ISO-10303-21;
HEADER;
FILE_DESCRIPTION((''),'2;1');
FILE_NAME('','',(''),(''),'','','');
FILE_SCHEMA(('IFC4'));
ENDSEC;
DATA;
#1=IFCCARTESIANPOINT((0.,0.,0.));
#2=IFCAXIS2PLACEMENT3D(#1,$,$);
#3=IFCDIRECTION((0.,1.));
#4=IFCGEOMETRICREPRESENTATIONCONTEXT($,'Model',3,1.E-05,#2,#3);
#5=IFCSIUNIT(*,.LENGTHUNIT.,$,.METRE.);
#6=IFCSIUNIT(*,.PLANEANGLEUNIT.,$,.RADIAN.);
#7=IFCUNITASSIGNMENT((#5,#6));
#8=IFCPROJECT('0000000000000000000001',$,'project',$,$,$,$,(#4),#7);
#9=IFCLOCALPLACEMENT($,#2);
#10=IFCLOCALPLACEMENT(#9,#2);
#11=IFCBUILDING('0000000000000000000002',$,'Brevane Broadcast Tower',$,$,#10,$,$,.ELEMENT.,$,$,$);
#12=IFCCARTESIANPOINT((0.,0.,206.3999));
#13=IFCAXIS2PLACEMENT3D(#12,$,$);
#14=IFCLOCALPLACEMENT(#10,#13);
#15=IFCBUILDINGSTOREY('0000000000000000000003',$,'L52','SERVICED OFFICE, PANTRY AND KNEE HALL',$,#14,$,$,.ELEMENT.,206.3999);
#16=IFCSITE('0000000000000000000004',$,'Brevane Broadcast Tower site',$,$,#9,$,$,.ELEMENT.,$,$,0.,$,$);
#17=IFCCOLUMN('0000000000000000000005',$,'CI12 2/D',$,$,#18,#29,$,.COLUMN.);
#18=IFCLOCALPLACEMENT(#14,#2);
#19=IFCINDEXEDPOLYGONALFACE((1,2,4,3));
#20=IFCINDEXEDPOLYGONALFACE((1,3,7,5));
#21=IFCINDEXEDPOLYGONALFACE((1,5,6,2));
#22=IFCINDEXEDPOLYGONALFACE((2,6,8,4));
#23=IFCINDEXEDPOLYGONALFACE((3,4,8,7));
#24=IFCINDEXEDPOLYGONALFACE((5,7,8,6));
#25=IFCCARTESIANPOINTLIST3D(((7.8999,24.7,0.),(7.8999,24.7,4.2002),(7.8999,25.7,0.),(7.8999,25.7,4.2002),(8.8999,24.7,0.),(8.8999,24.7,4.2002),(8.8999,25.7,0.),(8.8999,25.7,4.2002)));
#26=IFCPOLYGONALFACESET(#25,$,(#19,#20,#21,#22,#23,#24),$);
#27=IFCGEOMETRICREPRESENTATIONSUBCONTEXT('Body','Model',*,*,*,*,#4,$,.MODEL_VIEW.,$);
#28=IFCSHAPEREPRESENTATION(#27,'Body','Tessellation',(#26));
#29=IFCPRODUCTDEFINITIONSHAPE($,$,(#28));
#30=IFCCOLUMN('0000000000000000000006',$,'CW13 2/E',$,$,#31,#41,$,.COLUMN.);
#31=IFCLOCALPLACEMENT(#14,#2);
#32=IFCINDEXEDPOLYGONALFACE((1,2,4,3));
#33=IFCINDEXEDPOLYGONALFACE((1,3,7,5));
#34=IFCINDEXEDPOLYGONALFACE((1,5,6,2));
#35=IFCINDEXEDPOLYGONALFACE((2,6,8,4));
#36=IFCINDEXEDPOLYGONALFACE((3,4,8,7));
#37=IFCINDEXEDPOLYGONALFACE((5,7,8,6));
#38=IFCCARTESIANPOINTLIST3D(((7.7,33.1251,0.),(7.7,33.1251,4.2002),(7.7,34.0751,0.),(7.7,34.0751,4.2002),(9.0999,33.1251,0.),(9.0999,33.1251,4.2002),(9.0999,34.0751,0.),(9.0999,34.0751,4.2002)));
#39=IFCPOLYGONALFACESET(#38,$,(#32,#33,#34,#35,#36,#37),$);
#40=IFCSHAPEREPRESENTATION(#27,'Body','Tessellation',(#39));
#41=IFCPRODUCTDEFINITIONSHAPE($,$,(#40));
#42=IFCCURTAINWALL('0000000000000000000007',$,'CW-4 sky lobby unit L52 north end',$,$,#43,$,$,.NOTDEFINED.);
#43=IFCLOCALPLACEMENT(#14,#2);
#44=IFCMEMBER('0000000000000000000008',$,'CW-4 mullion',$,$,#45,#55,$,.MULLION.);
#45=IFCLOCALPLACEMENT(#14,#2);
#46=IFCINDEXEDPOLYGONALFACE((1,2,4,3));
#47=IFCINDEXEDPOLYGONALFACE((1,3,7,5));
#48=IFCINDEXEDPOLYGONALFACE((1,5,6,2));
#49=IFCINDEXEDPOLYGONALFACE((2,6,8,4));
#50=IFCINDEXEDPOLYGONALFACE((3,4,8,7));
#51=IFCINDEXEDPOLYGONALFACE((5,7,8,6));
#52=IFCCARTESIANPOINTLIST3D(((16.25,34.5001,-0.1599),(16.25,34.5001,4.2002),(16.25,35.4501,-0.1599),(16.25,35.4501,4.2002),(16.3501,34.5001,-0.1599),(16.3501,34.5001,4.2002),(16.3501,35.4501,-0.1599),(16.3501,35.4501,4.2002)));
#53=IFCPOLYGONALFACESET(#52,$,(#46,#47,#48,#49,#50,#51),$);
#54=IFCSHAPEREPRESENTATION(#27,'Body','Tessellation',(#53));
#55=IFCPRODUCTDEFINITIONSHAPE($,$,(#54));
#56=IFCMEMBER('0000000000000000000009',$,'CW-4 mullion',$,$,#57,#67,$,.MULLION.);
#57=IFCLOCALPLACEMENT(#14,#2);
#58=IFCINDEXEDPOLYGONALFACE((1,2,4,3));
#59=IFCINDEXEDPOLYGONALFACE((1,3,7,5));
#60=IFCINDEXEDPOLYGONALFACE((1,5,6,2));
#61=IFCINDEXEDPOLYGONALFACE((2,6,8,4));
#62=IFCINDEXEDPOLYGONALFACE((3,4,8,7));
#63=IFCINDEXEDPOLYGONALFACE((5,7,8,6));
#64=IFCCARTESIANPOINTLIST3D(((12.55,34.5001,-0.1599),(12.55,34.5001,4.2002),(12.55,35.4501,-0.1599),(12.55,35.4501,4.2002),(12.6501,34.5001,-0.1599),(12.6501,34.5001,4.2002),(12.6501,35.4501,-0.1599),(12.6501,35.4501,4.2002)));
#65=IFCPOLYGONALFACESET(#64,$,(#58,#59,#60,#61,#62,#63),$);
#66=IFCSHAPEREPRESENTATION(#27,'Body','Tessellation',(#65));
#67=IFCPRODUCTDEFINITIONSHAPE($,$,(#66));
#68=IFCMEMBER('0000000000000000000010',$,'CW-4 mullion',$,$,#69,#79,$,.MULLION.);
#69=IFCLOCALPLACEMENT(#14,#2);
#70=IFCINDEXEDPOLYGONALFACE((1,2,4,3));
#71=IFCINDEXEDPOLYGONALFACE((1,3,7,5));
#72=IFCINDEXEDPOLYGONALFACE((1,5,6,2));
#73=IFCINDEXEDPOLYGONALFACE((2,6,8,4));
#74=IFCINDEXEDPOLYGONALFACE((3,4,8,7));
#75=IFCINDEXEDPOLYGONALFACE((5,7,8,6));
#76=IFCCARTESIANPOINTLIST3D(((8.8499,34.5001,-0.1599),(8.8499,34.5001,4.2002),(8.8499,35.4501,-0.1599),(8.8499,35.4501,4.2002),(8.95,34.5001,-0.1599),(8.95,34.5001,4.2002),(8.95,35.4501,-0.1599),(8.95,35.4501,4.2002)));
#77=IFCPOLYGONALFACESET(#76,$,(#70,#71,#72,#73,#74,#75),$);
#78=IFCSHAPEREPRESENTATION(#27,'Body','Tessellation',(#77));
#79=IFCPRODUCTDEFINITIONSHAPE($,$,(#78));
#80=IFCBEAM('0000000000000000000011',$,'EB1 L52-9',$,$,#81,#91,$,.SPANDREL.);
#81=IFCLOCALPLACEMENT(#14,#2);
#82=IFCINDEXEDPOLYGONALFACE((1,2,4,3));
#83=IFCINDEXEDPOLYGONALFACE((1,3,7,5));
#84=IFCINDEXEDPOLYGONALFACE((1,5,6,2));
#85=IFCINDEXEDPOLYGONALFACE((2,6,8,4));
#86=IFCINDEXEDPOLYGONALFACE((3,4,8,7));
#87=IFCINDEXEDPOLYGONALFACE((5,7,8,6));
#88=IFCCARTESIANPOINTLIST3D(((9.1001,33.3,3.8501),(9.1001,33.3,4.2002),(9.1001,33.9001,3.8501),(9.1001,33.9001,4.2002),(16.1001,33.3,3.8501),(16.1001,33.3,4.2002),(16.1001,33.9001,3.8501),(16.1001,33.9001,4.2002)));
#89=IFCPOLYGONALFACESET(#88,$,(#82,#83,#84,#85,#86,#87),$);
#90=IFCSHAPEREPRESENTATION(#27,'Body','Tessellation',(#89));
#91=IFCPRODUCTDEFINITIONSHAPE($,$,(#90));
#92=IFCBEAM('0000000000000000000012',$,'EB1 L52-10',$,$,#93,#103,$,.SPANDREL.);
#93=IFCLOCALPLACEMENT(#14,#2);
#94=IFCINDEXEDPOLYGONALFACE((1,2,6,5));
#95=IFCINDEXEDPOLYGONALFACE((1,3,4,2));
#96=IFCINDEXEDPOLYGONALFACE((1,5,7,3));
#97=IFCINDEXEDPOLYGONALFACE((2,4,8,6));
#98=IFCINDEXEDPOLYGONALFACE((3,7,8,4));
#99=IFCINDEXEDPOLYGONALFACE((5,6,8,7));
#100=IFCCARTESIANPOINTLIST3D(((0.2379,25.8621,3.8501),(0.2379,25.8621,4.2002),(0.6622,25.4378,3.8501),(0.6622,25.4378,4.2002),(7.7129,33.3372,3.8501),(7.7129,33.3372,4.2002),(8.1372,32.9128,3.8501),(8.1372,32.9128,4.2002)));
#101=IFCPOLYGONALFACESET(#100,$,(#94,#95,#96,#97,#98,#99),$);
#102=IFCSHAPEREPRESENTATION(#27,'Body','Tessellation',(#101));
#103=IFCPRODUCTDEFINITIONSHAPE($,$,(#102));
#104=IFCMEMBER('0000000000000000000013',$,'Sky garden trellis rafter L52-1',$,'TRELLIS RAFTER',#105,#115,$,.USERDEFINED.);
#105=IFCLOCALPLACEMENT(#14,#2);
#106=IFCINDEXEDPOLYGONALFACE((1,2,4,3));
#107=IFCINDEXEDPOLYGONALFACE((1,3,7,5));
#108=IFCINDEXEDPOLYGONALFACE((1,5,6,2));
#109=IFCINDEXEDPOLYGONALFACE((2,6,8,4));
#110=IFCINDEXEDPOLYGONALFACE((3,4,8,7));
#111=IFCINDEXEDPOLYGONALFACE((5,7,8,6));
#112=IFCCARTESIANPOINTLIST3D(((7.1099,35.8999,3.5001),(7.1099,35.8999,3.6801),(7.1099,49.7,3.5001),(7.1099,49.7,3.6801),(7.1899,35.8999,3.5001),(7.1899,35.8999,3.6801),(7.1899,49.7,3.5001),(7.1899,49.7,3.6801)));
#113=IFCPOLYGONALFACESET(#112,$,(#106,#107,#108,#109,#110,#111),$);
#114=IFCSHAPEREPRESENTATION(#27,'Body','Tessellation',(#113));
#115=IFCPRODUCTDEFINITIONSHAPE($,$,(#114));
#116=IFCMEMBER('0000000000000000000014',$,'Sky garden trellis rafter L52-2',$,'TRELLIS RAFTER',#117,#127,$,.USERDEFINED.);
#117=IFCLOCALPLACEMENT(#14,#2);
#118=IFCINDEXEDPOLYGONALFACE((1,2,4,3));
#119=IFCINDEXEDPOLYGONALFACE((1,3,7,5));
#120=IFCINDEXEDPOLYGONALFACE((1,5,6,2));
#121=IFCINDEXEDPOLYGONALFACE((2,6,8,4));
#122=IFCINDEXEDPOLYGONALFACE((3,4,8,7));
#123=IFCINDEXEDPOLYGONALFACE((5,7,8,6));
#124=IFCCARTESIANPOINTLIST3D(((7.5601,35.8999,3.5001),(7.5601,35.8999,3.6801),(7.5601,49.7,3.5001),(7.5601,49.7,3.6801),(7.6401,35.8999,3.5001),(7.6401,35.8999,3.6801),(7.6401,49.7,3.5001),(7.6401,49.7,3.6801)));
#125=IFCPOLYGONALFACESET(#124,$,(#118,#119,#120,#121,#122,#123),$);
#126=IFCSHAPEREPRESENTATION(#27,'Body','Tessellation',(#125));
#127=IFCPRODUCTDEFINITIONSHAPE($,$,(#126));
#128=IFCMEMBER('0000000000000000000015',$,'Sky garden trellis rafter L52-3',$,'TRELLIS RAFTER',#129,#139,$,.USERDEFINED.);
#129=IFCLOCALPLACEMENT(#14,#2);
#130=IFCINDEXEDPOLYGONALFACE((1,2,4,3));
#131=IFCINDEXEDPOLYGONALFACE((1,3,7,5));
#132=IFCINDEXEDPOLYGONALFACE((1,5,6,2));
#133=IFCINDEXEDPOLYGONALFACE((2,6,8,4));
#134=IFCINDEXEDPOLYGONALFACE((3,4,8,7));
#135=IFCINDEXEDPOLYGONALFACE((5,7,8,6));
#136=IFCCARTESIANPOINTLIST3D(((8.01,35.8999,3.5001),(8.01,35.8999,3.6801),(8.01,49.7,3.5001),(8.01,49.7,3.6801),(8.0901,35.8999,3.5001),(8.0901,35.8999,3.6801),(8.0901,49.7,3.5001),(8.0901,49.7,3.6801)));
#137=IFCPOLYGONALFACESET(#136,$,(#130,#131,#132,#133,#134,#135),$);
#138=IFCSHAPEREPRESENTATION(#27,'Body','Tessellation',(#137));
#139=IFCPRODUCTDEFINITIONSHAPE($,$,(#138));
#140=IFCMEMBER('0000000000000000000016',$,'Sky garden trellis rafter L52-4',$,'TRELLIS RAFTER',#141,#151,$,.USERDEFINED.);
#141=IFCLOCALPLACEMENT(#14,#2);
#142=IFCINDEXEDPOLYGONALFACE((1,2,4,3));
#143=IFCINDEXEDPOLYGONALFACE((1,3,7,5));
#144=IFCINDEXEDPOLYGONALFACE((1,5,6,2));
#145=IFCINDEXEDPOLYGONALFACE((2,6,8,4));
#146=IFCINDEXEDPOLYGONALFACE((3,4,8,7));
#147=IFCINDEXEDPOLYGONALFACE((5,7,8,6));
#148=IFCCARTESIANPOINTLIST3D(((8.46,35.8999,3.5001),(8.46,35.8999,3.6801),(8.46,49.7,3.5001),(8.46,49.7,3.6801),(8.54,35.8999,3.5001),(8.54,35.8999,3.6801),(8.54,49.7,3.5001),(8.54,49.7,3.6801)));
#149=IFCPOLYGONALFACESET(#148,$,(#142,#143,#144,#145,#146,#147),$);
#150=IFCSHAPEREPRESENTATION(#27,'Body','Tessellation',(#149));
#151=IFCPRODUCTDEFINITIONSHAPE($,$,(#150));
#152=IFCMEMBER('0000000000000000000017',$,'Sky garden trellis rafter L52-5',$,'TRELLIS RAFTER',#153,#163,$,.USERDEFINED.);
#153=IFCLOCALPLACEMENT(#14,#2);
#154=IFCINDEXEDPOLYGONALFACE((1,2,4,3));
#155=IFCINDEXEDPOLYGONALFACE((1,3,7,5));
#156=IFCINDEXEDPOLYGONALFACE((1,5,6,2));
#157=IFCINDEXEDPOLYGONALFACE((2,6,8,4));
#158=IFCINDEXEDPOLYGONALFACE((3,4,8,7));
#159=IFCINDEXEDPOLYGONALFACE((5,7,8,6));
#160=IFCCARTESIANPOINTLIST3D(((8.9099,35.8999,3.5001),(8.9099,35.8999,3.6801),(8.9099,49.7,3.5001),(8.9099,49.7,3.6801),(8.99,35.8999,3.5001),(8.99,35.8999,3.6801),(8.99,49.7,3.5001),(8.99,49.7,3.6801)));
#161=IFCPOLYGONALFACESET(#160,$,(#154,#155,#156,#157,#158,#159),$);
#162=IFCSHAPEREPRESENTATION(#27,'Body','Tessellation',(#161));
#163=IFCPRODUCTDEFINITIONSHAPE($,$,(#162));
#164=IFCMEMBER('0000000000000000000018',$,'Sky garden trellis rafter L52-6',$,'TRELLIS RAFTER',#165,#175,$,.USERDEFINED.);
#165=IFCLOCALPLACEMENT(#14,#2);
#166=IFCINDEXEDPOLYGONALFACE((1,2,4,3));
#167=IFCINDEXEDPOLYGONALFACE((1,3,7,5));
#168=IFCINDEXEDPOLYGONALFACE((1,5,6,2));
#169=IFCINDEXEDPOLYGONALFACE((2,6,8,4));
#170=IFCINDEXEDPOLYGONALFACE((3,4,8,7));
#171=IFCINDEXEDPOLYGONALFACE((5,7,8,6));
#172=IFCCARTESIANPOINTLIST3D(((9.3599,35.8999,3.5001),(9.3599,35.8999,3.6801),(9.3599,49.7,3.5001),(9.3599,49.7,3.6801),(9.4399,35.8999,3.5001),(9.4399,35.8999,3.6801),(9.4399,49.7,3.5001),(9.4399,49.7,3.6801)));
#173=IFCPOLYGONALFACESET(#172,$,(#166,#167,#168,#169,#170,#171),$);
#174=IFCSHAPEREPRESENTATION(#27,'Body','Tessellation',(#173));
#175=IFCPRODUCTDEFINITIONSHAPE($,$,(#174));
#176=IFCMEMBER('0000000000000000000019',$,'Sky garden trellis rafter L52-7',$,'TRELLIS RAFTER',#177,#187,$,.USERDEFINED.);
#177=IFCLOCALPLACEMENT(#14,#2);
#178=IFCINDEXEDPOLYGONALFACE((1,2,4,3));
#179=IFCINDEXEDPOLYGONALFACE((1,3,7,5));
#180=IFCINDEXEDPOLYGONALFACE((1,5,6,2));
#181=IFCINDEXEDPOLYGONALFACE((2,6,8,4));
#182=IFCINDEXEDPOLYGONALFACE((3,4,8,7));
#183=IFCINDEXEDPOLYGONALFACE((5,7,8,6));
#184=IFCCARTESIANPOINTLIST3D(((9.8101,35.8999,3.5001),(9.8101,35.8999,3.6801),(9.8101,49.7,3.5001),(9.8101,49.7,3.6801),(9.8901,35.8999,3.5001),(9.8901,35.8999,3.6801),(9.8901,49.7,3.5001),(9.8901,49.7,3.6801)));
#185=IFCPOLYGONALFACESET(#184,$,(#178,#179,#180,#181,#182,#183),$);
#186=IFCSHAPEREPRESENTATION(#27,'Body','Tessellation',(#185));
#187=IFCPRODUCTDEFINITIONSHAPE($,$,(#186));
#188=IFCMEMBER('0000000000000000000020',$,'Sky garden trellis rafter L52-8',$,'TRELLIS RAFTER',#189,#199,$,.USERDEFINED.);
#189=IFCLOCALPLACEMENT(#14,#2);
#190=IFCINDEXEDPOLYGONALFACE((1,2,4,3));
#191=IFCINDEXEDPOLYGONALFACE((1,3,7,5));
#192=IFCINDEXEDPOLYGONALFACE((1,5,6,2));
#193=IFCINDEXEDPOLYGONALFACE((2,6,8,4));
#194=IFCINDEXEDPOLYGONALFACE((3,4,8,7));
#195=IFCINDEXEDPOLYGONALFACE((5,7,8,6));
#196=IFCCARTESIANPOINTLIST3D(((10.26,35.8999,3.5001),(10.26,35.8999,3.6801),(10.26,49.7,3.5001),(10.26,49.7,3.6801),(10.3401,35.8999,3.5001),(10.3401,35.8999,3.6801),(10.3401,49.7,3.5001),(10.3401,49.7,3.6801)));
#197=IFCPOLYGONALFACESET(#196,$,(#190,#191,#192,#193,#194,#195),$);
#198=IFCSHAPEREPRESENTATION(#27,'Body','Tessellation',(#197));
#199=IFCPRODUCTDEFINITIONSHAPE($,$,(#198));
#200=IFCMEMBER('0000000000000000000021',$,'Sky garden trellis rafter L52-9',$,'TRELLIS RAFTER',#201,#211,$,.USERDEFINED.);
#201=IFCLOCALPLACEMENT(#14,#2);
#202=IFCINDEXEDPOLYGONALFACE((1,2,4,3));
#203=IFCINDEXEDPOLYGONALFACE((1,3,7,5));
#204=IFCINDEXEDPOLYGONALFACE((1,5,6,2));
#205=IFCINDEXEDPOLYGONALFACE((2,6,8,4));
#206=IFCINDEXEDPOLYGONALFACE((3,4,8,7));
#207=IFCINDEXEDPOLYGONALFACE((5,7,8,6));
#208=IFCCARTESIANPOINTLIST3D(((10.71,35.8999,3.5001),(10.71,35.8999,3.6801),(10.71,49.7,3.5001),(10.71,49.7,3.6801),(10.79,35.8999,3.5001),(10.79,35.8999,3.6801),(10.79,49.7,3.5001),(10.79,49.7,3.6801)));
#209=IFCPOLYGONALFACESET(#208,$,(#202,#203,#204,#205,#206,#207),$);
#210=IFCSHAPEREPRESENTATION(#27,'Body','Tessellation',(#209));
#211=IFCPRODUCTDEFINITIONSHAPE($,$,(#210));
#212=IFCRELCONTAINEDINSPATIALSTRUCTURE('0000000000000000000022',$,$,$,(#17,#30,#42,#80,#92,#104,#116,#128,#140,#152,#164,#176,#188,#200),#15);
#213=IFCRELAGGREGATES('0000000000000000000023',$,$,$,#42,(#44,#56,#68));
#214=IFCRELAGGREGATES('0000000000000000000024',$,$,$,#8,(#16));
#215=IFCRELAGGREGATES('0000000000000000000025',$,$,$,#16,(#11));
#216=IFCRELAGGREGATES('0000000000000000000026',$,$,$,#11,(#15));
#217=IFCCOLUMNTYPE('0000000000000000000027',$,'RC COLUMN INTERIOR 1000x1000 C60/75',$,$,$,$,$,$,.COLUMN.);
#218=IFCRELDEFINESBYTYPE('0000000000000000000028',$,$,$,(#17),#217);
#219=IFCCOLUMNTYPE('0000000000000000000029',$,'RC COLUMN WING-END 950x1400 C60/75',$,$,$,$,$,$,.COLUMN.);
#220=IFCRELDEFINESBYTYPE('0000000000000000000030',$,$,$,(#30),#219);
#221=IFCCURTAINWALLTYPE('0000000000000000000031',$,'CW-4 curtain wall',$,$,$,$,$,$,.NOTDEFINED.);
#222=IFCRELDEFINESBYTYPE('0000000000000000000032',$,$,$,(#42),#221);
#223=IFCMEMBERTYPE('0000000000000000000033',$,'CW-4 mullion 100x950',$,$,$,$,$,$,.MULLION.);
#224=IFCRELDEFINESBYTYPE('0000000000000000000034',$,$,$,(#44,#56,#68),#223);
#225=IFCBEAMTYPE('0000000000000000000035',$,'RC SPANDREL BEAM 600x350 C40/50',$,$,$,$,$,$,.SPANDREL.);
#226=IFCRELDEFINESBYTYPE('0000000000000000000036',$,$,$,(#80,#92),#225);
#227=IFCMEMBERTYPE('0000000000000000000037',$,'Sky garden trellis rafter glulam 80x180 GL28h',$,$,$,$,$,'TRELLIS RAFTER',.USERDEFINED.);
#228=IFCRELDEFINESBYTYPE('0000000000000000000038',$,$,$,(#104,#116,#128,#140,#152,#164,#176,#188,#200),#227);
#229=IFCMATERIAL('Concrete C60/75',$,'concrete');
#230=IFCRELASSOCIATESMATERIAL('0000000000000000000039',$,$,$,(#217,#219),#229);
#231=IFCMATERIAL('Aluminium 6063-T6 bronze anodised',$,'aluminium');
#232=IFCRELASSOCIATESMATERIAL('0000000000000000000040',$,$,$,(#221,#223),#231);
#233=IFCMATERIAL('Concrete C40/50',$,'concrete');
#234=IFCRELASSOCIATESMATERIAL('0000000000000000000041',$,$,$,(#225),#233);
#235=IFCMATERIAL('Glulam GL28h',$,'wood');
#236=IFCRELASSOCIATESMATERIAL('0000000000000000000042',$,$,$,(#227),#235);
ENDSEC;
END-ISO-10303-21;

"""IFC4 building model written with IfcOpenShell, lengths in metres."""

from ifc_helpers import new_model, si_unit, direction, frame, origin, origin_2d, place, context, subcontext, project, spatial, rectangle, extrude, material, material_profile, profile_set, type_object, element, aggregate, save


model = new_model("IFC4")

# Units and contexts
model_context = context("Model", 3, precision=1e-05, world=origin(), true_north=direction((0.0, 1.0)))
body_context = subcontext(model_context, "Body", "Model", "MODEL_VIEW")
ifc_project = project(units=[si_unit("LENGTHUNIT", "METRE"), si_unit("PLANEANGLEUNIT", "RADIAN")], contexts=[model_context])

# Site, building, storey
site_placement = place(None, origin())
site = spatial("IfcSite", under=ifc_project, at=site_placement, Name="Brevane Broadcast Tower site", CompositionType="ELEMENT", RefElevation=0.0)
building_placement = place(site_placement, origin())
building = spatial("IfcBuilding", under=site, at=building_placement, Name="Brevane Broadcast Tower", CompositionType="ELEMENT")
storey_placement = place(building_placement, frame((0.0, 0.0, 206.3999)))
storey = spatial("IfcBuildingStorey", under=building, at=storey_placement, Name="L52", Description="SERVICED OFFICE, PANTRY AND KNEE HALL", CompositionType="ELEMENT", Elevation=206.3999)

# Columns
ifc_material_1 = material(Name="Concrete C60/75", Category="concrete")
ifc_material_profile_1 = material_profile(ifc_material_1, rectangle(XDim=1.0, YDim=1.0, at=origin_2d()), Name="RC 1000x1000")
ifc_profile_set_1 = profile_set([ifc_material_profile_1], Name="Concrete C60/75")
column_type_1 = type_object("IfcColumnType", Name="RC COLUMN INTERIOR 1000x1000 C60/75", PredefinedType="COLUMN", material=ifc_profile_set_1)
column_1_placement = place(storey_placement, frame((8.3999, 25.2, 0.0), z_axis=(0.0, 0.0, 1.0), x_axis=(1.0, 0.0, 0.0)))
element("IfcColumn", 1, at=column_1_placement, inside=storey, type_object=column_type_1, Name="CI12 2/D", PredefinedType="COLUMN", context=body_context, shape_type="SweptSolid", body=[
    extrude(rectangle(XDim=1.0, YDim=1.0, at=origin_2d()), origin(), (0.0, 0.0, 1.0), 4.2002),
])
ifc_material_profile_2 = material_profile(ifc_material_1, rectangle(XDim=0.95, YDim=1.3999, at=origin_2d()), Name="RC 950x1400")
ifc_profile_set_2 = profile_set([ifc_material_profile_2], Name="Concrete C60/75")
column_type_2 = type_object("IfcColumnType", Name="RC COLUMN WING-END 950x1400 C60/75", PredefinedType="COLUMN", material=ifc_profile_set_2)
column_2_placement = place(storey_placement, frame((8.3999, 33.6001, 0.0), z_axis=(0.0, 0.0, 1.0), x_axis=(0.0, 1.0, 0.0)))
element("IfcColumn", 2, at=column_2_placement, inside=storey, type_object=column_type_2, Name="CW13 2/E", PredefinedType="COLUMN", context=body_context, shape_type="SweptSolid", body=[
    extrude(rectangle(XDim=0.95, YDim=1.3999, at=origin_2d()), origin(), (0.0, 0.0, 1.0), 4.2002),
])

# Curtain wall, members
ifc_material_2 = material(Name="Aluminium 6063-T6 bronze anodised", Category="aluminium")
curtain_wall_type = type_object("IfcCurtainWallType", Name="CW-4 curtain wall", PredefinedType="NOTDEFINED", material=ifc_material_2)
curtain_wall_placement = place(storey_placement, origin())
curtain_wall = element("IfcCurtainWall", 3, at=curtain_wall_placement, inside=storey, type_object=curtain_wall_type, Name="CW-4 sky lobby unit L52 north end", PredefinedType="NOTDEFINED")
ifc_material_profile_3 = material_profile(ifc_material_2, rectangle(XDim=0.95, YDim=0.1001, at=origin_2d()), Name="RECT 100x950")
ifc_profile_set_3 = profile_set([ifc_material_profile_3], Name="Aluminium 6063-T6 bronze anodised")
member_type_1 = type_object("IfcMemberType", Name="CW-4 mullion 100x950", PredefinedType="MULLION", material=ifc_profile_set_3)
member_1_placement = place(storey_placement, frame((16.3, 34.9751, -0.1599), z_axis=(0.0, 0.0, 1.0), x_axis=(0.0, -1.0, 0.0)))
member_1 = element("IfcMember", 4, at=member_1_placement, type_object=member_type_1, Name="CW-4 mullion", PredefinedType="MULLION", context=body_context, shape_type="SweptSolid", body=[
    extrude(rectangle(XDim=0.95, YDim=0.1001, at=origin_2d()), origin(), (0.0, 0.0, 1.0), 4.3601),
])
member_2_placement = place(storey_placement, frame((12.6001, 34.9751, -0.1599), z_axis=(0.0, 0.0, 1.0), x_axis=(0.0, -1.0, 0.0)))
member_2 = element("IfcMember", 5, at=member_2_placement, type_object=member_type_1, Name="CW-4 mullion", PredefinedType="MULLION", context=body_context, shape_type="SweptSolid", body=[
    extrude(rectangle(XDim=0.95, YDim=0.1001, at=origin_2d()), origin(), (0.0, 0.0, 1.0), 4.3601),
])
member_3_placement = place(storey_placement, frame((8.8999, 34.9751, -0.1599), z_axis=(0.0, 0.0, 1.0), x_axis=(0.0, -1.0, 0.0)))
member_3 = element("IfcMember", 6, at=member_3_placement, type_object=member_type_1, Name="CW-4 mullion", PredefinedType="MULLION", context=body_context, shape_type="SweptSolid", body=[
    extrude(rectangle(XDim=0.95, YDim=0.1001, at=origin_2d()), origin(), (0.0, 0.0, 1.0), 4.3601),
])
aggregate(curtain_wall, [member_1, member_2, member_3])

# Beams
ifc_material_3 = material(Name="Concrete C40/50", Category="concrete")
ifc_material_profile_4 = material_profile(ifc_material_3, rectangle(XDim=0.6001, YDim=0.3501, at=origin_2d()), Name="RC 600x350")
ifc_profile_set_4 = profile_set([ifc_material_profile_4], Name="Concrete C40/50")
beam_type = type_object("IfcBeamType", Name="RC SPANDREL BEAM 600x350 C40/50", PredefinedType="SPANDREL", material=ifc_profile_set_4)
beam_1_placement = place(storey_placement, frame((16.1001, 33.6001, 4.0251), z_axis=(-1.0, 0.0, 0.0), x_axis=(0.0, -1.0, 0.0)))
element("IfcBeam", 7, at=beam_1_placement, inside=storey, type_object=beam_type, Name="EB1 L52-9", PredefinedType="SPANDREL", context=body_context, shape_type="SweptSolid", body=[
    extrude(rectangle(XDim=0.6001, YDim=0.3501, at=origin_2d()), origin(), (0.0, 0.0, 1.0), 7.0),
])
beam_2_placement = place(storey_placement, frame((7.925, 33.125, 4.0251), z_axis=(-0.707107, -0.707107, 0.0), x_axis=(0.707107, -0.707107, 0.0)))
element("IfcBeam", 8, at=beam_2_placement, inside=storey, type_object=beam_type, Name="EB1 L52-10", PredefinedType="SPANDREL", context=body_context, shape_type="SweptSolid", body=[
    extrude(rectangle(XDim=0.6001, YDim=0.3501, at=origin_2d()), origin(), (0.0, 0.0, 1.0), 10.5713),
])

# Members
ifc_material_4 = material(Name="Glulam GL28h", Category="wood")
ifc_material_profile_5 = material_profile(ifc_material_4, rectangle(XDim=0.0801, YDim=0.1799, at=origin_2d()), Name="RECT 80x180")
ifc_profile_set_5 = profile_set([ifc_material_profile_5], Name="Glulam GL28h")
member_type_2 = type_object("IfcMemberType", Name="Sky garden trellis rafter glulam 80x180 GL28h", ElementType="TRELLIS RAFTER", PredefinedType="USERDEFINED", material=ifc_profile_set_5)
for number, where, z_axis, x_axis, name in (
    (9, (7.1499, 35.8999, 3.5901), (0.0, 1.0, 0.0), (-1.0, 0.0, 0.0), "Sky garden trellis rafter L52-1"),
    (10, (7.6001, 35.8999, 3.5901), (0.0, 1.0, 0.0), (-1.0, 0.0, 0.0), "Sky garden trellis rafter L52-2"),
    (11, (8.05, 35.8999, 3.5901), (0.0, 1.0, 0.0), (-1.0, 0.0, 0.0), "Sky garden trellis rafter L52-3"),
    (12, (8.5, 35.8999, 3.5901), (0.0, 1.0, 0.0), (-1.0, 0.0, 0.0), "Sky garden trellis rafter L52-4"),
    (13, (8.95, 35.8999, 3.5901), (0.0, 1.0, 0.0), (-1.0, 0.0, 0.0), "Sky garden trellis rafter L52-5"),
    (14, (9.3999, 35.8999, 3.5901), (0.0, 1.0, 0.0), (-1.0, 0.0, 0.0), "Sky garden trellis rafter L52-6"),
    (15, (9.8501, 35.8999, 3.5901), (0.0, 1.0, 0.0), (-1.0, 0.0, 0.0), "Sky garden trellis rafter L52-7"),
    (16, (10.3, 35.8999, 3.5901), (0.0, 1.0, 0.0), (-1.0, 0.0, 0.0), "Sky garden trellis rafter L52-8"),
    (17, (10.75, 35.8999, 3.5901), (0.0, 1.0, 0.0), (-1.0, 0.0, 0.0), "Sky garden trellis rafter L52-9"),
):
    element("IfcMember", number, at=place(storey_placement, frame(where, z_axis=z_axis, x_axis=x_axis)), inside=storey, type_object=member_type_2, Name=name, ObjectType="TRELLIS RAFTER", PredefinedType="USERDEFINED", context=body_context, shape_type="SweptSolid", body=[
        extrude(rectangle(XDim=0.0801, YDim=0.1799, at=origin_2d()), origin(), (0.0, 0.0, 1.0), 13.8),
    ])

save(model, "model.ifc")
